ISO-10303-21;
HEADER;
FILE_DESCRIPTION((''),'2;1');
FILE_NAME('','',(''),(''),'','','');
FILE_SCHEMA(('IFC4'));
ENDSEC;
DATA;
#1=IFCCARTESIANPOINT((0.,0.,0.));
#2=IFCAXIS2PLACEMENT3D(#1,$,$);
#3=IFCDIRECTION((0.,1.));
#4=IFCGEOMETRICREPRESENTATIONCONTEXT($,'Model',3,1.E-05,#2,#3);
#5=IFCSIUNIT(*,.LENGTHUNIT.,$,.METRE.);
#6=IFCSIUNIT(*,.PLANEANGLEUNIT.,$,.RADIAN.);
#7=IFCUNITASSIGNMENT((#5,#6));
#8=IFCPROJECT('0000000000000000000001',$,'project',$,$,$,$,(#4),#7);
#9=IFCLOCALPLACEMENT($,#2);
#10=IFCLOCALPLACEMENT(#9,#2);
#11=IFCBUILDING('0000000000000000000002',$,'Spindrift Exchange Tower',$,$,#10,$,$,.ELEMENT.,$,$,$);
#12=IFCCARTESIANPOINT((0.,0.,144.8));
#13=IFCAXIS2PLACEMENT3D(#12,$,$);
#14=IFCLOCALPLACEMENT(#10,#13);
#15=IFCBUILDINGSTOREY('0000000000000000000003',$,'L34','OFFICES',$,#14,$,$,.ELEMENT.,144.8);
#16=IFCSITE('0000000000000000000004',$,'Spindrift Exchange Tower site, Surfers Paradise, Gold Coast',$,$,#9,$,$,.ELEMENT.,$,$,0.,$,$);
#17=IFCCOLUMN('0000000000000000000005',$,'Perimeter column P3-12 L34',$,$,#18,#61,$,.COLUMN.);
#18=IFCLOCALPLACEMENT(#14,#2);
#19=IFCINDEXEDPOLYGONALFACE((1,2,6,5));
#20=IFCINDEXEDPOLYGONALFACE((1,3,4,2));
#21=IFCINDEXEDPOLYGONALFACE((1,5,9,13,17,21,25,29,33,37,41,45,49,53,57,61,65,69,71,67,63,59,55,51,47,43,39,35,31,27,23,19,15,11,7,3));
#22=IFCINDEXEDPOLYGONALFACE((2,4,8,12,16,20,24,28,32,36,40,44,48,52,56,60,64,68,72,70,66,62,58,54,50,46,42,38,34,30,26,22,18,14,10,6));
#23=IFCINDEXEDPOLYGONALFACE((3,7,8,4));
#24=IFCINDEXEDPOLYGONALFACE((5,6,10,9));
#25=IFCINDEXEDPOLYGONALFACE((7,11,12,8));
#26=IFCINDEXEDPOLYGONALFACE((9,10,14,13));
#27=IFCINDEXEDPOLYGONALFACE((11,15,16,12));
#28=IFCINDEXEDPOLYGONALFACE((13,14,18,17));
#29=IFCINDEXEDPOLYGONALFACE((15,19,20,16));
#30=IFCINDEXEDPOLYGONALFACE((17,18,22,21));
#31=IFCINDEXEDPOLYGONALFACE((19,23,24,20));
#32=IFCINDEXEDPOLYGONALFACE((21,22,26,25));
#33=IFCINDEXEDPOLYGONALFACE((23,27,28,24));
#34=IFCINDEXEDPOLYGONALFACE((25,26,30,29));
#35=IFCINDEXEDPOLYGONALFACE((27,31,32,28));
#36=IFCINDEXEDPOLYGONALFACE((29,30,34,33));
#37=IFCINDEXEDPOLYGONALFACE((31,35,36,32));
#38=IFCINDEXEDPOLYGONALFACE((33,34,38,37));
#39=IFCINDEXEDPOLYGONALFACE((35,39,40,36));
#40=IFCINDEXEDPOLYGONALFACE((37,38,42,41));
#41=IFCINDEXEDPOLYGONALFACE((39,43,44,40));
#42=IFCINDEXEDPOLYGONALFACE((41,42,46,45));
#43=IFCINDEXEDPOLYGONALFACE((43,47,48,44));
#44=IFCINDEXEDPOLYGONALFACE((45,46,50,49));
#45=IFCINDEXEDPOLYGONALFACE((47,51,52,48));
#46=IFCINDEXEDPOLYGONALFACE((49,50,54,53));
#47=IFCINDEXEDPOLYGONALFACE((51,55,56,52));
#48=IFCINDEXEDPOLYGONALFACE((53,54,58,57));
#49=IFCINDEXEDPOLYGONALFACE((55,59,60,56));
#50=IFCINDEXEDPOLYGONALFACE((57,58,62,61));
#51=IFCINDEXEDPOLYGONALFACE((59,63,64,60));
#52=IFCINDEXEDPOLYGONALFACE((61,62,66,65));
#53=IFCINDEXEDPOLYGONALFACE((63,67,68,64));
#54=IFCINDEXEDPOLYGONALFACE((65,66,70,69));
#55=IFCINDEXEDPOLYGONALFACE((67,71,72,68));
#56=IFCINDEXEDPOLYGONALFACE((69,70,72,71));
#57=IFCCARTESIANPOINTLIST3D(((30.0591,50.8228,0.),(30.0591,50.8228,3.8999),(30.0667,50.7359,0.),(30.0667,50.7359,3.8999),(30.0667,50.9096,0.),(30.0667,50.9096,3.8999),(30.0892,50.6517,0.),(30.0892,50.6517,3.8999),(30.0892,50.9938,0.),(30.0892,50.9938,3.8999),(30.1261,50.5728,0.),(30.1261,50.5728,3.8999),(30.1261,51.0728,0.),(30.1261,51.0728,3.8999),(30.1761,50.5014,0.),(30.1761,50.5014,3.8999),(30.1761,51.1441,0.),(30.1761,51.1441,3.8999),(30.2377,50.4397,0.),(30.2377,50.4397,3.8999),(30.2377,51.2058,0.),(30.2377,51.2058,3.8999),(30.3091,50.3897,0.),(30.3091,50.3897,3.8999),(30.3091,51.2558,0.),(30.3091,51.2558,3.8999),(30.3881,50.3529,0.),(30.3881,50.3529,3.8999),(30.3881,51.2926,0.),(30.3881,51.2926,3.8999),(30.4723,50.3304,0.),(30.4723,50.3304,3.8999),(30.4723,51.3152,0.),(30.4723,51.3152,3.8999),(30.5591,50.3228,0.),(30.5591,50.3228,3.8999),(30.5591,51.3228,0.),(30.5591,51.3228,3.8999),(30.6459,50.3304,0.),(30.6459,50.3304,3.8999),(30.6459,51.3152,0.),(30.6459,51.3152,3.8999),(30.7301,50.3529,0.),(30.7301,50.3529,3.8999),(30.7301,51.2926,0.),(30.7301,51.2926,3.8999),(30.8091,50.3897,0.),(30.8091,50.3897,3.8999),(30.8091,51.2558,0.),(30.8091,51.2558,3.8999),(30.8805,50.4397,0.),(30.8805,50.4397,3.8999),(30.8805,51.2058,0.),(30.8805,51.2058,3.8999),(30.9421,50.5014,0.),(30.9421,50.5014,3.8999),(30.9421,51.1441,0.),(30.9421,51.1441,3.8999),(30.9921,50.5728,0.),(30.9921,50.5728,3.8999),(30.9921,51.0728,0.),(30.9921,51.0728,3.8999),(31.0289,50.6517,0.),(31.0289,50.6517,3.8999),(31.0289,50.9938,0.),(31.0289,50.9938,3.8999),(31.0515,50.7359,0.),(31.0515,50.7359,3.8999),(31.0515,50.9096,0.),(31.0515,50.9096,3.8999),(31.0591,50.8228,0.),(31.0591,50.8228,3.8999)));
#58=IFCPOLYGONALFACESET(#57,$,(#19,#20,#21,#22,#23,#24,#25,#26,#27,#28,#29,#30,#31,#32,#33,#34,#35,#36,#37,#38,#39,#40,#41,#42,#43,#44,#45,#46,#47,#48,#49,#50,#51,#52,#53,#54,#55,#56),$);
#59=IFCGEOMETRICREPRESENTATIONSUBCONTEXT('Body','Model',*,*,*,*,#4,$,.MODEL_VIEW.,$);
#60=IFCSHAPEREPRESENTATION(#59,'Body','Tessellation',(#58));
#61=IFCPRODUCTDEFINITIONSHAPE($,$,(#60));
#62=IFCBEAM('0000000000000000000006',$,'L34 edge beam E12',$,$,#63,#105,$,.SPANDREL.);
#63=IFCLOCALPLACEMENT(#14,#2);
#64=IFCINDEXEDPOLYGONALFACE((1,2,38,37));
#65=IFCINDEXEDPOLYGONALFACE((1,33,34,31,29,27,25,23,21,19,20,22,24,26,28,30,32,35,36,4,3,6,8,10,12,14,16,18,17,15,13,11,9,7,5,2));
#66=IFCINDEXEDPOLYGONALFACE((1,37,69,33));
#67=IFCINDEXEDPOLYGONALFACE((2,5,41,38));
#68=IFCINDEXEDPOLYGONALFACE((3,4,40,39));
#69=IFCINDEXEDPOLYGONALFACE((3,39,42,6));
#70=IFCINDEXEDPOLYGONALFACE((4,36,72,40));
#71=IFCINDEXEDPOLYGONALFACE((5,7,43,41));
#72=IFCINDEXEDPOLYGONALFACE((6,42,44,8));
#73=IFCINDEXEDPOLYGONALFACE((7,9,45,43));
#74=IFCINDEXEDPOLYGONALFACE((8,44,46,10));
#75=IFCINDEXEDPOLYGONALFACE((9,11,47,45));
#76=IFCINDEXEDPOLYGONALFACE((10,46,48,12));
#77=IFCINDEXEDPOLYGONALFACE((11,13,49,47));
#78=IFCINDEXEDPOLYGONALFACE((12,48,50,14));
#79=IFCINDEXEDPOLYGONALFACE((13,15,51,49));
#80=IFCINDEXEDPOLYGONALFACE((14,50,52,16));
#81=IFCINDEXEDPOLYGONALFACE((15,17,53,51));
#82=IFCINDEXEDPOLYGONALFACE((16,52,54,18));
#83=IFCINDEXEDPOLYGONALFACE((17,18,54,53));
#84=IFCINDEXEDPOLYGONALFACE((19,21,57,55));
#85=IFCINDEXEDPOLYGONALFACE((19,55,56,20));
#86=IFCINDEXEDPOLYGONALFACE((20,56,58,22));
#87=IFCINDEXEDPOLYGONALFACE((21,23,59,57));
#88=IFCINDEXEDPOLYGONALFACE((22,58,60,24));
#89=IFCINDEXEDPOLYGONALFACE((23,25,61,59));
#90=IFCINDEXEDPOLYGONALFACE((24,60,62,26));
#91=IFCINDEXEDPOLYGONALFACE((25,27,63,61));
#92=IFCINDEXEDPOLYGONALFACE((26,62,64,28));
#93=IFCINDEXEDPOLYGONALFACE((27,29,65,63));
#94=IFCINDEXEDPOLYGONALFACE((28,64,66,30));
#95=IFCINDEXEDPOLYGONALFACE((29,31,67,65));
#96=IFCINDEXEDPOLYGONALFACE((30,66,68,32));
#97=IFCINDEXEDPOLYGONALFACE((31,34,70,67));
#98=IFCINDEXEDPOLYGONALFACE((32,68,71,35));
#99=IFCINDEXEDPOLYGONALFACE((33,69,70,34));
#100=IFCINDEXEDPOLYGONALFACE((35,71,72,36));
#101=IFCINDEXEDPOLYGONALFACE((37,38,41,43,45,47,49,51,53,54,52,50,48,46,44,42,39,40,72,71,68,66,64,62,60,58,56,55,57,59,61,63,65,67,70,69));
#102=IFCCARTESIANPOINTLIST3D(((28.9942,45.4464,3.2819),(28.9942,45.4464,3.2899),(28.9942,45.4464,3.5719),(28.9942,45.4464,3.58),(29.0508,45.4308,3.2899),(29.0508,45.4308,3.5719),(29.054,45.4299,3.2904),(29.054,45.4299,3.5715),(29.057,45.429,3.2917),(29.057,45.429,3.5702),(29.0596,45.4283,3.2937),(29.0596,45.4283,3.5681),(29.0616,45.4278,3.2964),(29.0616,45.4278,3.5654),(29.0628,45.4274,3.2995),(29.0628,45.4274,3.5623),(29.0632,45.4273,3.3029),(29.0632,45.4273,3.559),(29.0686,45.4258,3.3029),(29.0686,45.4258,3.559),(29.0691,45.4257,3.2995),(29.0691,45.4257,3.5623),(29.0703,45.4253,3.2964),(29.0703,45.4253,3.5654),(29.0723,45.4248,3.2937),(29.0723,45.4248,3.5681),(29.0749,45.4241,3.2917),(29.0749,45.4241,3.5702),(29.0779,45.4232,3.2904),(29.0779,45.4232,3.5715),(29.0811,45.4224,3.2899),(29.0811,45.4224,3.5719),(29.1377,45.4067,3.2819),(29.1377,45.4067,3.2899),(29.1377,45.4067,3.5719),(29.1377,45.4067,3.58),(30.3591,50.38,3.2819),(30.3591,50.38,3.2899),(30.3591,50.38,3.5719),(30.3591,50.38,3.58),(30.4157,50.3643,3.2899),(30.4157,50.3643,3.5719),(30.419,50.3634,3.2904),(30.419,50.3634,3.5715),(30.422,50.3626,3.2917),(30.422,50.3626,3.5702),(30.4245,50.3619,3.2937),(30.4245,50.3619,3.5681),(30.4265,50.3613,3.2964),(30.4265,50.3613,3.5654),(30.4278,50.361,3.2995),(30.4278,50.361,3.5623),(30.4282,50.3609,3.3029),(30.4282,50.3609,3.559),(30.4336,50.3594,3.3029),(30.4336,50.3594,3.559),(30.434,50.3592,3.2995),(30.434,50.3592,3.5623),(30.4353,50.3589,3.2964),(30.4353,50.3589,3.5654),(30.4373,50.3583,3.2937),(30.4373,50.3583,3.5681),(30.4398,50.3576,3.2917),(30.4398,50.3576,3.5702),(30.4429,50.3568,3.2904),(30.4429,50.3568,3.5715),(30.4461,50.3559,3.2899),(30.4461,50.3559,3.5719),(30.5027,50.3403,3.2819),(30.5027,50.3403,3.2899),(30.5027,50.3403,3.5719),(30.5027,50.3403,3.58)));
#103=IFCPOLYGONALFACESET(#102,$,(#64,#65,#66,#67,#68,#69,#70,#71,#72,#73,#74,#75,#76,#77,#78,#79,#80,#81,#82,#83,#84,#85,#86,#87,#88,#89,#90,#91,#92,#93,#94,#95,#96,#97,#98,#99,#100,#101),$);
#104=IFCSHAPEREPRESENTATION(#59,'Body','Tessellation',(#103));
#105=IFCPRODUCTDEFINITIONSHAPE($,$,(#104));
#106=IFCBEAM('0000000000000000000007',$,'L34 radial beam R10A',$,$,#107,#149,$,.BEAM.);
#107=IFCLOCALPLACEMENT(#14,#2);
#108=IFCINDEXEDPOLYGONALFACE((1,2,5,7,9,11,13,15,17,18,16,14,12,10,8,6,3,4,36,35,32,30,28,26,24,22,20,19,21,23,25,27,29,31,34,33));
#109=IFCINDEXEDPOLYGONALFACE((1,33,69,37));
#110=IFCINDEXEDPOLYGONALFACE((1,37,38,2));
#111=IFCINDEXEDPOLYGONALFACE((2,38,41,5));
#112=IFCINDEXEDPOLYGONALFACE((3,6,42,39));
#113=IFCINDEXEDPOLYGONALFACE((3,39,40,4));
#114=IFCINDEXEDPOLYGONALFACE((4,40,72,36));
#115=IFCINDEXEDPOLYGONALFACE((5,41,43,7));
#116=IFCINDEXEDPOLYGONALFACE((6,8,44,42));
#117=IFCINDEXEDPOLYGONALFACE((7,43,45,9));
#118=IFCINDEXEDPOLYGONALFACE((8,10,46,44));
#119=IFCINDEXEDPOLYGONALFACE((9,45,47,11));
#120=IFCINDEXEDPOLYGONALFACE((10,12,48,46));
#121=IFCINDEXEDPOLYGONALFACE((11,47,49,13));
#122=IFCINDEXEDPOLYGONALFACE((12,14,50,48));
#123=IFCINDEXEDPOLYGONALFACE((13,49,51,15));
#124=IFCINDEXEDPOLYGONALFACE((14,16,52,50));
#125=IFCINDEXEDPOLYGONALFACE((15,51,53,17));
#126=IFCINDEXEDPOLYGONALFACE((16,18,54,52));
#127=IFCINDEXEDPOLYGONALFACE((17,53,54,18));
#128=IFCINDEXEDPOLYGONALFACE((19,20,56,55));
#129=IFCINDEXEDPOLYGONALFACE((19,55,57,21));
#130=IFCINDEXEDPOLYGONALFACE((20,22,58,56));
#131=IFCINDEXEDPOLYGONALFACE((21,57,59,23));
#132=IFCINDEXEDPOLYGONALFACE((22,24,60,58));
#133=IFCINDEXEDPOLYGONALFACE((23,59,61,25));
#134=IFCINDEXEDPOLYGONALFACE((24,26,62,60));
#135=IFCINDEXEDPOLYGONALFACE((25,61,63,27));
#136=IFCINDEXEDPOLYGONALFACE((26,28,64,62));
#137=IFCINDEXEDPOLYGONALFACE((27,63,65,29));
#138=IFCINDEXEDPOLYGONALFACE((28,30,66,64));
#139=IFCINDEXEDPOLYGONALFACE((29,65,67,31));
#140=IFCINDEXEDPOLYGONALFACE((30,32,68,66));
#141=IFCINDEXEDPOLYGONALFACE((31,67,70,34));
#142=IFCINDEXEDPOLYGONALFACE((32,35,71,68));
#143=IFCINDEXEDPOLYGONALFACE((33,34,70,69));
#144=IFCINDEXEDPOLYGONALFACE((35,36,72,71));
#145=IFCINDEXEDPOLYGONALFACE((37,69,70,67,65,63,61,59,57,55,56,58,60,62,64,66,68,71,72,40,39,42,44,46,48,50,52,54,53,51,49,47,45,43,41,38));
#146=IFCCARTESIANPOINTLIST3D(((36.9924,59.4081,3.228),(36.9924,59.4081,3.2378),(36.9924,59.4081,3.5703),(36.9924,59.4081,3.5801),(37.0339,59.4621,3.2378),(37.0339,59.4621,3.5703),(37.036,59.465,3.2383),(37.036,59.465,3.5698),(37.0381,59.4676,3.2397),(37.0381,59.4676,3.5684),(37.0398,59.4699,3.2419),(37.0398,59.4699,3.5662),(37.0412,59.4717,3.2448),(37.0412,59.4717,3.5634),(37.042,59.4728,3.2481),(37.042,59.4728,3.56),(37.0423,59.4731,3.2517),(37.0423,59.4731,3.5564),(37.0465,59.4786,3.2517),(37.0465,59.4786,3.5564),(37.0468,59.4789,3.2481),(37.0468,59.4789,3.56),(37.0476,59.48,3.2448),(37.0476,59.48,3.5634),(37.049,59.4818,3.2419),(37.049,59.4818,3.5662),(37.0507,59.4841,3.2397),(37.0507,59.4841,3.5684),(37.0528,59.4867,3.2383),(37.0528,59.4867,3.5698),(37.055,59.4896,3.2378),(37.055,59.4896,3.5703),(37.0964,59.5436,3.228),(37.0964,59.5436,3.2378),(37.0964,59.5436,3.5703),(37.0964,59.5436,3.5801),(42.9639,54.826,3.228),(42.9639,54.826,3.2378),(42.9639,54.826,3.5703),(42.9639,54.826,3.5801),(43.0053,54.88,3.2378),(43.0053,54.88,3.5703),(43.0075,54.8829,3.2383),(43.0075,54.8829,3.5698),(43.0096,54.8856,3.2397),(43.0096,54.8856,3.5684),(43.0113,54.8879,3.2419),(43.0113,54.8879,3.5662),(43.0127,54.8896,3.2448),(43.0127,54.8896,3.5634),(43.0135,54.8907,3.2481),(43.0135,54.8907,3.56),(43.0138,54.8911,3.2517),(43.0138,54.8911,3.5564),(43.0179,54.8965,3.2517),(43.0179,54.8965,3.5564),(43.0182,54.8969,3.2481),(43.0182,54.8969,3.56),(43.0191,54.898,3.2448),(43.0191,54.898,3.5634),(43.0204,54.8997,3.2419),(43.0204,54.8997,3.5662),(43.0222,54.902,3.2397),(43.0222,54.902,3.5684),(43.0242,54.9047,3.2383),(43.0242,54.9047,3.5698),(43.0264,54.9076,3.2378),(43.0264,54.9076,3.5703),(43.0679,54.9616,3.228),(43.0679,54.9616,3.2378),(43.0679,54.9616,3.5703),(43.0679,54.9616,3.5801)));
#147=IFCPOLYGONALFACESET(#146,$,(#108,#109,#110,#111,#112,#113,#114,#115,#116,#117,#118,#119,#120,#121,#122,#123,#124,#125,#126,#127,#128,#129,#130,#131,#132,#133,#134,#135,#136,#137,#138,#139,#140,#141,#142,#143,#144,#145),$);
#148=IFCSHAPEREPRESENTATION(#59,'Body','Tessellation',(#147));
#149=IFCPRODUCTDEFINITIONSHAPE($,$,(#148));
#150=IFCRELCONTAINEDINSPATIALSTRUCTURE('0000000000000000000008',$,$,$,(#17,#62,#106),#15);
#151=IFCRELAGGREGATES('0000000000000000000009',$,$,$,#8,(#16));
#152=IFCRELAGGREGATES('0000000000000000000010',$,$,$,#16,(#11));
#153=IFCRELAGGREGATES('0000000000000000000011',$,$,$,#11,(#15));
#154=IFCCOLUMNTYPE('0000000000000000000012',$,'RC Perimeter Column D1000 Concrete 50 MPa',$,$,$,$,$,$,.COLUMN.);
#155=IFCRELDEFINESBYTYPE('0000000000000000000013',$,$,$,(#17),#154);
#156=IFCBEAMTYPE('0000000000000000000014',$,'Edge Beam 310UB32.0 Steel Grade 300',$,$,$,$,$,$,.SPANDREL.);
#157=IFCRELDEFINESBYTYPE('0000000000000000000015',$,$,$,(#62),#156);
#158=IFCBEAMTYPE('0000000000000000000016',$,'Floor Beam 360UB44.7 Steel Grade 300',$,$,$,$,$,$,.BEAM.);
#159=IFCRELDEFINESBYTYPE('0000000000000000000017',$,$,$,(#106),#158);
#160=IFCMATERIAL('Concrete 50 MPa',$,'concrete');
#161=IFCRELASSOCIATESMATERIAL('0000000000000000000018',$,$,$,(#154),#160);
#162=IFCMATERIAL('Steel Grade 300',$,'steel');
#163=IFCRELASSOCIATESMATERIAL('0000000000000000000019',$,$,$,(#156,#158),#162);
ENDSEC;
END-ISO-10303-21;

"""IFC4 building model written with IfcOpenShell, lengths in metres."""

from ifc_helpers import new_model, si_unit, direction, frame, origin, origin_2d, place, context, subcontext, project, spatial, circle, i_section, extrude, source, transform, mapped, material, material_profile, profile_set, type_object, element, save


model = new_model("IFC4")

# Units and contexts
model_context = context("Model", 3, precision=1e-05, world=origin(), true_north=direction((0.0, 1.0)))
body_context = subcontext(model_context, "Body", "Model", "MODEL_VIEW")
ifc_project = project(units=[si_unit("LENGTHUNIT", "METRE"), si_unit("PLANEANGLEUNIT", "RADIAN")], contexts=[model_context])

# Site, building, storey
site_placement = place(None, origin())
site = spatial("IfcSite", under=ifc_project, at=site_placement, Name="Spindrift Exchange Tower site, Surfers Paradise, Gold Coast", CompositionType="ELEMENT", RefElevation=0.0)
building_placement = place(site_placement, origin())
building = spatial("IfcBuilding", under=site, at=building_placement, Name="Spindrift Exchange Tower", CompositionType="ELEMENT")
storey_placement = place(building_placement, frame((0.0, 0.0, 144.8)))
storey = spatial("IfcBuildingStorey", under=building, at=storey_placement, Name="L34", Description="OFFICES", CompositionType="ELEMENT", Elevation=144.8)

# Column
ifc_material_1 = material(Name="Concrete 50 MPa", Category="concrete")
ifc_material_profile_1 = material_profile(ifc_material_1, circle(Radius=0.5, at=origin_2d()), Name="RC D1000")
ifc_profile_set_1 = profile_set([ifc_material_profile_1], Name="Concrete 50 MPa")
column_type = type_object("IfcColumnType", Name="RC Perimeter Column D1000 Concrete 50 MPa", PredefinedType="COLUMN", material=ifc_profile_set_1)
shared_shape_1 = source(origin(), body_context, "Body", "SweptSolid", [
    extrude(circle(Radius=0.5, at=origin_2d()), origin(), (0.0, 0.0, 1.0), 3.8999),
])
column_placement = place(storey_placement, frame((30.5591, 50.8228, 0.0), z_axis=(0.0, 0.0, 1.0), x_axis=(1.0, 0.0, 0.0)))
element("IfcColumn", 1, at=column_placement, inside=storey, type_object=column_type, Name="Perimeter column P3-12 L34", PredefinedType="COLUMN", context=body_context, shape_type="MappedRepresentation", body=[
    mapped(shared_shape_1, transform((0.0, 0.0, 0.0), scale=1.0)),
])

# Beams
ifc_material_2 = material(Name="Steel Grade 300", Category="steel")
ifc_material_profile_2 = material_profile(ifc_material_2, i_section(OverallWidth=0.1489, OverallDepth=0.2981, WebThickness=0.0056, FlangeThickness=0.0081, FilletRadius=0.0129, at=origin_2d()), Name="310UB32.0")
ifc_profile_set_2 = profile_set([ifc_material_profile_2], Name="Steel Grade 300")
beam_type_1 = type_object("IfcBeamType", Name="Edge Beam 310UB32.0 Steel Grade 300", PredefinedType="SPANDREL", material=ifc_profile_set_2)
shared_shape_2 = source(origin(), body_context, "Body", "SweptSolid", [
    extrude(i_section(OverallWidth=0.1489, OverallDepth=0.2981, WebThickness=0.0056, FlangeThickness=0.0081, FilletRadius=0.0129, at=origin_2d()), origin(), (0.0, 0.0, 1.0), 5.1189),
])
beam_1_placement = place(storey_placement, frame((30.4309, 50.3601, 3.4309), z_axis=(-0.266655, -0.963792, 0.0), x_axis=(0.963792, -0.266655, 0.0)))
element("IfcBeam", 2, at=beam_1_placement, inside=storey, type_object=beam_type_1, Name="L34 edge beam E12", PredefinedType="SPANDREL", context=body_context, shape_type="MappedRepresentation", body=[
    mapped(shared_shape_2, transform((0.0, 0.0, 0.0), scale=1.0)),
])
ifc_material_profile_3 = material_profile(ifc_material_2, i_section(OverallWidth=0.1709, OverallDepth=0.3521, WebThickness=0.0068, FlangeThickness=0.0098, FilletRadius=0.0139, at=origin_2d()), Name="360UB44.7")
ifc_profile_set_3 = profile_set([ifc_material_profile_3], Name="Steel Grade 300")
beam_type_2 = type_object("IfcBeamType", Name="Floor Beam 360UB44.7 Steel Grade 300", PredefinedType="BEAM", material=ifc_profile_set_3)
shared_shape_3 = source(origin(), body_context, "Body", "SweptSolid", [
    extrude(i_section(OverallWidth=0.1709, OverallDepth=0.3521, WebThickness=0.0068, FlangeThickness=0.0098, FilletRadius=0.0139, at=origin_2d()), origin(), (0.0, 0.0, 1.0), 7.5269),
])
beam_2_placement = place(storey_placement, frame((43.0159, 54.8938, 3.4041), z_axis=(-0.793354, 0.60876, 0.0), x_axis=(-0.60876, -0.793354, 0.0)))
element("IfcBeam", 3, at=beam_2_placement, inside=storey, type_object=beam_type_2, Name="L34 radial beam R10A", PredefinedType="BEAM", context=body_context, shape_type="MappedRepresentation", body=[
    mapped(shared_shape_3, transform((0.0, 0.0, 0.0), scale=1.0)),
])

save(model, "model.ifc")
